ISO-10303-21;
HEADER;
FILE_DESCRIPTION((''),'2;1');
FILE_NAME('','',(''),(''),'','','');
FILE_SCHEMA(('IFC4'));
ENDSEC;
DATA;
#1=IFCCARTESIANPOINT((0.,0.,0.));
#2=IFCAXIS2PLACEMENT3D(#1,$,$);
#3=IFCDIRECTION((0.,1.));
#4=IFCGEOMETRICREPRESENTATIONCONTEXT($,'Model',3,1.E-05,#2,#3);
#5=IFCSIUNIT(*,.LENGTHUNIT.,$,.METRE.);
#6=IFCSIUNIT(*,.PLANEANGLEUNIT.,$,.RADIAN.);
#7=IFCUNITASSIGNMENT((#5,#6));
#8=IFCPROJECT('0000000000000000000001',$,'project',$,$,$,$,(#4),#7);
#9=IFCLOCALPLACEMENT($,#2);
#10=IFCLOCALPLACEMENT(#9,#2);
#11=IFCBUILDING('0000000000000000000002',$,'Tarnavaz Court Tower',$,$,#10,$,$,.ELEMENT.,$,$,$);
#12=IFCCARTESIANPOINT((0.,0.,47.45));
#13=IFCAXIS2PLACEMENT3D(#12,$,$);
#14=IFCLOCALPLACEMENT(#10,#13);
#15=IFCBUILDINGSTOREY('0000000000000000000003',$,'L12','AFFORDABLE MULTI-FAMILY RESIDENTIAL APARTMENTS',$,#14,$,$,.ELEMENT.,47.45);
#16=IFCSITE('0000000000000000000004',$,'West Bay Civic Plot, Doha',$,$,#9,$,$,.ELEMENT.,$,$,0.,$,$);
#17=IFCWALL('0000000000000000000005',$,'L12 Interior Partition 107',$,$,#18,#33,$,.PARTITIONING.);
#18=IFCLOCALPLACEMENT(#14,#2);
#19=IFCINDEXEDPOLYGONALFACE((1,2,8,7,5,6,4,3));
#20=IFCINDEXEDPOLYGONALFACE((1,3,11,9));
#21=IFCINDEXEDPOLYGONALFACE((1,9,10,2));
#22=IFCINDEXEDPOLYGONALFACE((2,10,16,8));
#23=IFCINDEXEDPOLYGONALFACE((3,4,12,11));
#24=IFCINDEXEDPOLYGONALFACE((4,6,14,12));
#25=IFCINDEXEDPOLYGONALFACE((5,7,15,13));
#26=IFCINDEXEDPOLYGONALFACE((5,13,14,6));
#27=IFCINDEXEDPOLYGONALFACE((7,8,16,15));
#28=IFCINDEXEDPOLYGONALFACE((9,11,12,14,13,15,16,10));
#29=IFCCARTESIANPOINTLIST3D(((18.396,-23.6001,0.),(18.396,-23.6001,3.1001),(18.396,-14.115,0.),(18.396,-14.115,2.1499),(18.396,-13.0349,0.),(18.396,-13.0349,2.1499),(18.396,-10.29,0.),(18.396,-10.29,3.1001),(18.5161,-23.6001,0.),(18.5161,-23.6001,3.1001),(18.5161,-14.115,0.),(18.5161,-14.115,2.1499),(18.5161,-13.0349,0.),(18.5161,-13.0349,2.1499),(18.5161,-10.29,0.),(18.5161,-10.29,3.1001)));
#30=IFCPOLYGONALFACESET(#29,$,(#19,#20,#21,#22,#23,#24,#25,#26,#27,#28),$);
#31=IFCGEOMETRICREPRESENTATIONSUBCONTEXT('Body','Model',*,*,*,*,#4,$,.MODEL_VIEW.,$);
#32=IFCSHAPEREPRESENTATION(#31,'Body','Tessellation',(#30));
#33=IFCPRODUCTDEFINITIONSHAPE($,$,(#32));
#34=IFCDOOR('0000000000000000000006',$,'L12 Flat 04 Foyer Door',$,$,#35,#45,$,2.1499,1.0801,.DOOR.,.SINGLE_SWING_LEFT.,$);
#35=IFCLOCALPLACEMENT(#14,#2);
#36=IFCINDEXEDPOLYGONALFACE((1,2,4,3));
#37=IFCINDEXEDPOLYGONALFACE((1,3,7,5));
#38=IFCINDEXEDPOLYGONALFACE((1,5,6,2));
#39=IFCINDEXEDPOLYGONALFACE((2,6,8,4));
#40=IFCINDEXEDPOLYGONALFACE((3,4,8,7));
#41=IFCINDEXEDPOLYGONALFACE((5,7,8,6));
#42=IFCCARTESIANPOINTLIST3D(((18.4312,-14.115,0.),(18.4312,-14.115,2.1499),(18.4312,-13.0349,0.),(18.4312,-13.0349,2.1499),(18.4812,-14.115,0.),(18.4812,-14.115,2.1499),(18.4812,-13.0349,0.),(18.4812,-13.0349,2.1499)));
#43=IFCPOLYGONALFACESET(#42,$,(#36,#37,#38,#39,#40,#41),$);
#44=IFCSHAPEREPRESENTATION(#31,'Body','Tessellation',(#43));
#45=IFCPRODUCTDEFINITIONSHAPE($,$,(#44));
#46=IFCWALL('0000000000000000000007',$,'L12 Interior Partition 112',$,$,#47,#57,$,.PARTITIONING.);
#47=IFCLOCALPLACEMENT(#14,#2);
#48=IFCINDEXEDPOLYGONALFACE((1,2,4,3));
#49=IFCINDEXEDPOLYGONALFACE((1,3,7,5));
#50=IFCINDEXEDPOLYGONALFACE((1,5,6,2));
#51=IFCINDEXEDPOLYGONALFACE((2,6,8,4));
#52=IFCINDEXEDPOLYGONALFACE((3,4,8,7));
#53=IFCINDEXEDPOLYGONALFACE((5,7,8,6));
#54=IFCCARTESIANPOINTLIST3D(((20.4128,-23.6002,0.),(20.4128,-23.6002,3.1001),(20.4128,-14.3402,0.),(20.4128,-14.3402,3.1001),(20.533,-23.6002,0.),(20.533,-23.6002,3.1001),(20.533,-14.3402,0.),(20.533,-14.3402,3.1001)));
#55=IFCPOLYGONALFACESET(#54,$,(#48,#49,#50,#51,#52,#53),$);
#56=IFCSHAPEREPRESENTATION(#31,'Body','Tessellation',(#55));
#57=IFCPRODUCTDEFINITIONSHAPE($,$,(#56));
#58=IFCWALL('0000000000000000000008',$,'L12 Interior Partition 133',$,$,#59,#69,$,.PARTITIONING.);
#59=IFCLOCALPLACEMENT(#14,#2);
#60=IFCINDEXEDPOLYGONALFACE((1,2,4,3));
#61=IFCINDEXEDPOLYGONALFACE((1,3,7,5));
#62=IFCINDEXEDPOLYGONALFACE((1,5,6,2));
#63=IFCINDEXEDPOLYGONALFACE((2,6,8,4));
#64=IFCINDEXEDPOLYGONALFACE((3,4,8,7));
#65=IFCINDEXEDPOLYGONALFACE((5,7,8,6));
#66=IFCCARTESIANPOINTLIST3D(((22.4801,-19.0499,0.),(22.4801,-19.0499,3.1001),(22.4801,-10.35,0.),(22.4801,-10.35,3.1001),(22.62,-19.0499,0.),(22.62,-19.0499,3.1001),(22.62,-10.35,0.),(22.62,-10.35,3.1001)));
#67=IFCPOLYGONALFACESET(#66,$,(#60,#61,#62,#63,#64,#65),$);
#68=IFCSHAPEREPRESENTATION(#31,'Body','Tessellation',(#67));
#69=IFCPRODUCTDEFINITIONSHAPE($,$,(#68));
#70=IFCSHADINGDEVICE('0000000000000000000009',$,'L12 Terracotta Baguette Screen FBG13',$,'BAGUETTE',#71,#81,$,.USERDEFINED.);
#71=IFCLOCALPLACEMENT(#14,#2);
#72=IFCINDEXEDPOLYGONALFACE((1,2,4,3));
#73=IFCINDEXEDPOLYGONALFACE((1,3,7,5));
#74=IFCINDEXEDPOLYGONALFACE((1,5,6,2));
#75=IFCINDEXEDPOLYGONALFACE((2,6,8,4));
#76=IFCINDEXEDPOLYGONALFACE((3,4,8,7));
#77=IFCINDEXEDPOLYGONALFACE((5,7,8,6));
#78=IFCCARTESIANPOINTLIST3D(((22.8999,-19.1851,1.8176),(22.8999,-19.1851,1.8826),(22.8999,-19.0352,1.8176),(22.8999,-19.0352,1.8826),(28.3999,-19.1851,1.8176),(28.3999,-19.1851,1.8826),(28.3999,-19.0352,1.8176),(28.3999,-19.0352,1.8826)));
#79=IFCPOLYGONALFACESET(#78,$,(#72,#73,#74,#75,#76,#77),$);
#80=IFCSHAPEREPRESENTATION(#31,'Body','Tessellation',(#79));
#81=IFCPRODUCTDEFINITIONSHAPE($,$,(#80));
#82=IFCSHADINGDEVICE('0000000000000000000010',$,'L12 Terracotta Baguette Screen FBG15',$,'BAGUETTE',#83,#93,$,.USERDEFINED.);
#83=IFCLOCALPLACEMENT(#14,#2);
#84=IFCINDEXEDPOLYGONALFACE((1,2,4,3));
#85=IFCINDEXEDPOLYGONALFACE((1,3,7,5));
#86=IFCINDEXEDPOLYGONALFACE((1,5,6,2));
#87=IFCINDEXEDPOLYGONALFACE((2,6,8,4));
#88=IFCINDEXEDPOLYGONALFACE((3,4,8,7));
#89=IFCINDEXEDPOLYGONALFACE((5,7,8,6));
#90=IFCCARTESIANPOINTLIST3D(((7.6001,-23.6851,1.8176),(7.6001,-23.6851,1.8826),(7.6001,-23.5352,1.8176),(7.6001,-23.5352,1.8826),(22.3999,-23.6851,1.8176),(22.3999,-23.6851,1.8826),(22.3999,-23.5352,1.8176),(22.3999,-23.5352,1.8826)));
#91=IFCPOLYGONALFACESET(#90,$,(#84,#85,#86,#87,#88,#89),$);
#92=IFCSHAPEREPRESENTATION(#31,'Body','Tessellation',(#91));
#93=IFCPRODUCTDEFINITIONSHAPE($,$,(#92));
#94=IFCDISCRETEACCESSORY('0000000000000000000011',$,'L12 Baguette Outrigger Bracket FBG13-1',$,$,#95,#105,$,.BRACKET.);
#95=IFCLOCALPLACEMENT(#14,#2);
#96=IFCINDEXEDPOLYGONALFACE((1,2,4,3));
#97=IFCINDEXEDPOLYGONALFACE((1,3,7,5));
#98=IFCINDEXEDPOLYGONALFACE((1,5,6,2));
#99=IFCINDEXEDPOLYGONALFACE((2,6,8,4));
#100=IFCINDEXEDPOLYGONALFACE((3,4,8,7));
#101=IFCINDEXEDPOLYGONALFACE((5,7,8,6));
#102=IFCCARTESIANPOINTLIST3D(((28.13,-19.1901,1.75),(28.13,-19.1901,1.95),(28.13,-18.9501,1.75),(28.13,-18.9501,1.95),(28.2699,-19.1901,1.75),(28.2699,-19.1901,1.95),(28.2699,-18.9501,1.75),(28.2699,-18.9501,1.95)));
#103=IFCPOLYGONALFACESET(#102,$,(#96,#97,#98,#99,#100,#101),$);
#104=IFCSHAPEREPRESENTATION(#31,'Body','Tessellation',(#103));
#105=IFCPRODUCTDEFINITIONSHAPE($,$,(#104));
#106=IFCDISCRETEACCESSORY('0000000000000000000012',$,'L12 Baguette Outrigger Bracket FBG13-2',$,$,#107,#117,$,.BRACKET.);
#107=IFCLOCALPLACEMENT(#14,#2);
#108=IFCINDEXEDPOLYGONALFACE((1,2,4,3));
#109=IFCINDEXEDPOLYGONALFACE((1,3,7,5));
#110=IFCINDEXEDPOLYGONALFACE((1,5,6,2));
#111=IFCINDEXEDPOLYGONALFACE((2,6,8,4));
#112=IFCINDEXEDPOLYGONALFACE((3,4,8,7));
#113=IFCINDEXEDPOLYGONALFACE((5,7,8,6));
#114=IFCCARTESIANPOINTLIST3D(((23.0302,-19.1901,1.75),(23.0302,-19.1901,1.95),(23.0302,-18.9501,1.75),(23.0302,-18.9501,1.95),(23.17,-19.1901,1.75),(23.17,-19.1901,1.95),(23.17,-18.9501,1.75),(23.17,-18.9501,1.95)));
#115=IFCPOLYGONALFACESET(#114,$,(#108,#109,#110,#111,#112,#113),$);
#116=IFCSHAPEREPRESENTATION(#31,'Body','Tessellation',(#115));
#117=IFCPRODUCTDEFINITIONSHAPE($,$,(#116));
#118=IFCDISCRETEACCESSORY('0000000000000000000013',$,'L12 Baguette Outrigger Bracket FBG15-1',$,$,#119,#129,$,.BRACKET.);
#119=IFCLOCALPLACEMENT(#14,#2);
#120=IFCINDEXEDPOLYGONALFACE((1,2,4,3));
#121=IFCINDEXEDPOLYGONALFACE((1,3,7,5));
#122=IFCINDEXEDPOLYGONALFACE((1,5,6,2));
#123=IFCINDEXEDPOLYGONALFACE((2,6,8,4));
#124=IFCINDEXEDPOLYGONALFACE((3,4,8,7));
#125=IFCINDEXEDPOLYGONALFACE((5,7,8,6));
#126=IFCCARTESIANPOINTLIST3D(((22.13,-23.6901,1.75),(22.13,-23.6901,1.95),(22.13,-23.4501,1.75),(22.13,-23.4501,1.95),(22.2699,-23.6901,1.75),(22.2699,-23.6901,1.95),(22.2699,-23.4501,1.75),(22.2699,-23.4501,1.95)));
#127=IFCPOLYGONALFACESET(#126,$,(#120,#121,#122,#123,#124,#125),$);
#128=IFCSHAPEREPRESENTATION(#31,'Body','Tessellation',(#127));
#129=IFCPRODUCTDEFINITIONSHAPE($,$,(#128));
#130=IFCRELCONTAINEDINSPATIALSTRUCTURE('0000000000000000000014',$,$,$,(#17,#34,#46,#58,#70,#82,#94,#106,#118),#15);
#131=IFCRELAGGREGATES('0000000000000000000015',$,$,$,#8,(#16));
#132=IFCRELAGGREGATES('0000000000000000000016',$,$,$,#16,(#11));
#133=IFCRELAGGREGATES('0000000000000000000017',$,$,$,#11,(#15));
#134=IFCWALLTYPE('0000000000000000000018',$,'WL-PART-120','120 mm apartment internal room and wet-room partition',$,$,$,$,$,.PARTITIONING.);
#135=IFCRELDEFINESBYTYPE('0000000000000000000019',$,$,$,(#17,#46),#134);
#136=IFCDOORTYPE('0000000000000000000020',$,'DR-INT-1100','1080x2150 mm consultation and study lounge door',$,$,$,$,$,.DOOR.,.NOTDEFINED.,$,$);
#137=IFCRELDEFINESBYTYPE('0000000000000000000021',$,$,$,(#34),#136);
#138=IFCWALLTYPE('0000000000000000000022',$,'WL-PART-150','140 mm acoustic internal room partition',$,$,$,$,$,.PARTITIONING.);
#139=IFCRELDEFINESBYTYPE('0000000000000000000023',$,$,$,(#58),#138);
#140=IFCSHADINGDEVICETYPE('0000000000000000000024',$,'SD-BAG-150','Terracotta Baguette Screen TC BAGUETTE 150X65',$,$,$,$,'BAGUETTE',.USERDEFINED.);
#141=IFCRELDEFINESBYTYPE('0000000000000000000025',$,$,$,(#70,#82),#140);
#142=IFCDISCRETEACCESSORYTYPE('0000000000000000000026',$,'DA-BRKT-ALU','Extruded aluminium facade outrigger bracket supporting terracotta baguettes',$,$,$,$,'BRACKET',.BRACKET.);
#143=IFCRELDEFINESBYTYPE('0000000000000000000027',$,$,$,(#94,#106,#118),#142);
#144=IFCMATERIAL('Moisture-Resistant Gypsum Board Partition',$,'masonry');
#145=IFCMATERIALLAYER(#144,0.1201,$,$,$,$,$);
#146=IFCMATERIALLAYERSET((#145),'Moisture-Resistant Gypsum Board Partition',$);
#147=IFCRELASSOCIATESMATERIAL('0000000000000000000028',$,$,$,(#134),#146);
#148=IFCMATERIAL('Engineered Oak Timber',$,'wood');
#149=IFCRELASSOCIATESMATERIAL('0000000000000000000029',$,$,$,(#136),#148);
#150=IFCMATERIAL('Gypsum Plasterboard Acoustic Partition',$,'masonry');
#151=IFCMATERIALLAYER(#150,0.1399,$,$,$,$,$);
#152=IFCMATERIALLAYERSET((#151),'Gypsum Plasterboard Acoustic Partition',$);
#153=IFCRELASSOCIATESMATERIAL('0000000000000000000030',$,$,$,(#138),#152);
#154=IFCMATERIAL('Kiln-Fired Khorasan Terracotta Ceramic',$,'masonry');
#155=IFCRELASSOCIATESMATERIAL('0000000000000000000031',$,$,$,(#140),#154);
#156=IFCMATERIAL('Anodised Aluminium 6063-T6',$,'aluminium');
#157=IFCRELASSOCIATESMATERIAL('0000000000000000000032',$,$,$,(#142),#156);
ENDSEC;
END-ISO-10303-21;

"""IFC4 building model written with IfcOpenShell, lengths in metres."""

from ifc_helpers import new_model, si_unit, direction, frame, frame_2d, origin, origin_2d, place, context, subcontext, project, spatial, rectangle, extrude, material, layer, layer_set, material_profile, profile_set, type_object, element, fill, save


model = new_model("IFC4")

# Units and contexts
model_context = context("Model", 3, precision=1e-05, world=origin(), true_north=direction((0.0, 1.0)))
body_context = subcontext(model_context, "Body", "Model", "MODEL_VIEW")
ifc_project = project(units=[si_unit("LENGTHUNIT", "METRE"), si_unit("PLANEANGLEUNIT", "RADIAN")], contexts=[model_context])

# Site, building, storey
site_placement = place(None, origin())
site = spatial("IfcSite", under=ifc_project, at=site_placement, Name="West Bay Civic Plot, Doha", CompositionType="ELEMENT", RefElevation=0.0)
building_placement = place(site_placement, origin())
building = spatial("IfcBuilding", under=site, at=building_placement, Name="Tarnavaz Court Tower", CompositionType="ELEMENT")
storey_placement = place(building_placement, frame((0.0, 0.0, 47.45)))
storey = spatial("IfcBuildingStorey", under=building, at=storey_placement, Name="L12", Description="AFFORDABLE MULTI-FAMILY RESIDENTIAL APARTMENTS", CompositionType="ELEMENT", Elevation=47.45)

# Wall, opening, door
ifc_material_1 = material(Name="Moisture-Resistant Gypsum Board Partition", Category="masonry")
ifc_layer_1 = layer(ifc_material_1, 0.1201)
ifc_layer_set_1 = layer_set([ifc_layer_1], Name="Moisture-Resistant Gypsum Board Partition")
wall_type_1 = type_object("IfcWallType", Name="WL-PART-120", Description="120 mm apartment internal room and wet-room partition", PredefinedType="PARTITIONING", material=ifc_layer_set_1)
wall_1_placement = place(storey_placement, frame((18.4561, -23.6001, 0.0), z_axis=(0.0, 0.0, 1.0), x_axis=(0.0, 1.0, 0.0)))
wall_1 = element("IfcWall", 1, at=wall_1_placement, inside=storey, type_object=wall_type_1, Name="L12 Interior Partition 107", PredefinedType="PARTITIONING", context=body_context, shape_type="SweptSolid", body=[
    extrude(rectangle(XDim=13.3101, YDim=0.1201, at=frame_2d((6.655, 0.0))), origin(), (0.0, 0.0, 1.0), 3.1001),
])
opening_1_placement = place(wall_1_placement, frame((9.4851, 0.0, 0.0)))
opening_1 = element("IfcOpeningElement", 2, at=opening_1_placement, cuts=wall_1, PredefinedType="OPENING", context=body_context, shape_type="SweptSolid", body=[
    extrude(rectangle(XDim=1.0801, YDim=2.1499, at=frame_2d((0.54, 1.075))), frame((0.0, 0.0701, 0.0), z_axis=(0.0, -1.0, 0.0), x_axis=(1.0, 0.0, 0.0)), (0.0, 0.0, 1.0), 0.1401),
])
ifc_material_2 = material(Name="Engineered Oak Timber", Category="wood")
door_type = type_object("IfcDoorType", Name="DR-INT-1100", Description="1080x2150 mm consultation and study lounge door", OperationType="NOTDEFINED", PredefinedType="DOOR", material=ifc_material_2)
door_placement = place(opening_1_placement, origin())
door = element("IfcDoor", 3, at=door_placement, inside=storey, type_object=door_type, Name="L12 Flat 04 Foyer Door", OperationType="SINGLE_SWING_LEFT", OverallHeight=2.1499, OverallWidth=1.0801, PredefinedType="DOOR", context=body_context, shape_type="SweptSolid", body=[
    extrude(rectangle(XDim=1.0801, YDim=2.1499, at=frame_2d((0.54, 1.075))), frame((0.0, 0.0249, 0.0), z_axis=(0.0, -1.0, 0.0), x_axis=(1.0, 0.0, 0.0)), (0.0, 0.0, 1.0), 0.05),
])
fill(opening_1, door)

# Walls
wall_2_placement = place(storey_placement, frame((20.4729, -23.6001, 0.0), z_axis=(0.0, 0.0, 1.0), x_axis=(0.0, 1.0, 0.0)))
element("IfcWall", 4, at=wall_2_placement, inside=storey, type_object=wall_type_1, Name="L12 Interior Partition 112", PredefinedType="PARTITIONING", context=body_context, shape_type="SweptSolid", body=[
    extrude(rectangle(XDim=9.26, YDim=0.1201, at=frame_2d((4.6299, 0.0))), origin(), (0.0, 0.0, 1.0), 3.1001),
])
ifc_material_3 = material(Name="Gypsum Plasterboard Acoustic Partition", Category="masonry")
ifc_layer_2 = layer(ifc_material_3, 0.1399)
ifc_layer_set_2 = layer_set([ifc_layer_2], Name="Gypsum Plasterboard Acoustic Partition")
wall_type_2 = type_object("IfcWallType", Name="WL-PART-150", Description="140 mm acoustic internal room partition", PredefinedType="PARTITIONING", material=ifc_layer_set_2)
wall_3_placement = place(storey_placement, frame((22.55, -19.05, 0.0), z_axis=(0.0, 0.0, 1.0), x_axis=(0.0, 1.0, 0.0)))
element("IfcWall", 5, at=wall_3_placement, inside=storey, type_object=wall_type_2, Name="L12 Interior Partition 133", PredefinedType="PARTITIONING", context=body_context, shape_type="SweptSolid", body=[
    extrude(rectangle(XDim=8.7, YDim=0.1399, at=frame_2d((4.3501, 0.0))), origin(), (0.0, 0.0, 1.0), 3.1001),
])

# Shading devices
ifc_material_4 = material(Name="Kiln-Fired Khorasan Terracotta Ceramic", Category="masonry")
ifc_material_profile_1 = material_profile(ifc_material_4, rectangle(XDim=0.1499, YDim=0.0649, at=origin_2d()), Name="TC BAGUETTE 150X65")
ifc_profile_set_1 = profile_set([ifc_material_profile_1], Name="Kiln-Fired Khorasan Terracotta Ceramic")
shading_device_type = type_object("IfcShadingDeviceType", Name="SD-BAG-150", Description="Terracotta Baguette Screen TC BAGUETTE 150X65", ElementType="BAGUETTE", PredefinedType="USERDEFINED", material=ifc_profile_set_1)
shading_device_1_placement = place(storey_placement, frame((28.3999, -19.1101, 1.8501), z_axis=(-1.0, 0.0, 0.0), x_axis=(0.0, -1.0, 0.0)))
element("IfcShadingDevice", 6, at=shading_device_1_placement, inside=storey, type_object=shading_device_type, Name="L12 Terracotta Baguette Screen FBG13", ObjectType="BAGUETTE", PredefinedType="USERDEFINED", context=body_context, shape_type="SweptSolid", body=[
    extrude(rectangle(XDim=0.1499, YDim=0.0649, at=origin_2d()), origin(), (0.0, 0.0, 1.0), 5.5),
])
shading_device_2_placement = place(storey_placement, frame((22.3999, -23.6101, 1.8501), z_axis=(-1.0, 0.0, 0.0), x_axis=(0.0, -1.0, 0.0)))
element("IfcShadingDevice", 7, at=shading_device_2_placement, inside=storey, type_object=shading_device_type, Name="L12 Terracotta Baguette Screen FBG15", ObjectType="BAGUETTE", PredefinedType="USERDEFINED", context=body_context, shape_type="SweptSolid", body=[
    extrude(rectangle(XDim=0.1499, YDim=0.0649, at=origin_2d()), origin(), (0.0, 0.0, 1.0), 14.7998),
])

# Discrete accessories
ifc_material_5 = material(Name="Anodised Aluminium 6063-T6", Category="aluminium")
discrete_accessory_type = type_object("IfcDiscreteAccessoryType", Name="DA-BRKT-ALU", Description="Extruded aluminium facade outrigger bracket supporting terracotta baguettes", ElementType="BRACKET", PredefinedType="BRACKET", material=ifc_material_5)
for number, where, z_axis, x_axis, name in (
    (8, (28.2, -19.0701, 1.75), (0.0, 0.0, 1.0), (-1.0, 0.0, 0.0), "L12 Baguette Outrigger Bracket FBG13-1"),
    (9, (23.1001, -19.0701, 1.75), (0.0, 0.0, 1.0), (-1.0, 0.0, 0.0), "L12 Baguette Outrigger Bracket FBG13-2"),
    (10, (22.2, -23.5701, 1.75), (0.0, 0.0, 1.0), (-1.0, 0.0, 0.0), "L12 Baguette Outrigger Bracket FBG15-1"),
):
    element("IfcDiscreteAccessory", number, at=place(storey_placement, frame(where, z_axis=z_axis, x_axis=x_axis)), inside=storey, type_object=discrete_accessory_type, Name=name, PredefinedType="BRACKET", context=body_context, shape_type="SweptSolid", body=[
        extrude(rectangle(XDim=0.1399, YDim=0.24, at=origin_2d()), origin(), (0.0, 0.0, 1.0), 0.2),
    ])

save(model, "model.ifc")
